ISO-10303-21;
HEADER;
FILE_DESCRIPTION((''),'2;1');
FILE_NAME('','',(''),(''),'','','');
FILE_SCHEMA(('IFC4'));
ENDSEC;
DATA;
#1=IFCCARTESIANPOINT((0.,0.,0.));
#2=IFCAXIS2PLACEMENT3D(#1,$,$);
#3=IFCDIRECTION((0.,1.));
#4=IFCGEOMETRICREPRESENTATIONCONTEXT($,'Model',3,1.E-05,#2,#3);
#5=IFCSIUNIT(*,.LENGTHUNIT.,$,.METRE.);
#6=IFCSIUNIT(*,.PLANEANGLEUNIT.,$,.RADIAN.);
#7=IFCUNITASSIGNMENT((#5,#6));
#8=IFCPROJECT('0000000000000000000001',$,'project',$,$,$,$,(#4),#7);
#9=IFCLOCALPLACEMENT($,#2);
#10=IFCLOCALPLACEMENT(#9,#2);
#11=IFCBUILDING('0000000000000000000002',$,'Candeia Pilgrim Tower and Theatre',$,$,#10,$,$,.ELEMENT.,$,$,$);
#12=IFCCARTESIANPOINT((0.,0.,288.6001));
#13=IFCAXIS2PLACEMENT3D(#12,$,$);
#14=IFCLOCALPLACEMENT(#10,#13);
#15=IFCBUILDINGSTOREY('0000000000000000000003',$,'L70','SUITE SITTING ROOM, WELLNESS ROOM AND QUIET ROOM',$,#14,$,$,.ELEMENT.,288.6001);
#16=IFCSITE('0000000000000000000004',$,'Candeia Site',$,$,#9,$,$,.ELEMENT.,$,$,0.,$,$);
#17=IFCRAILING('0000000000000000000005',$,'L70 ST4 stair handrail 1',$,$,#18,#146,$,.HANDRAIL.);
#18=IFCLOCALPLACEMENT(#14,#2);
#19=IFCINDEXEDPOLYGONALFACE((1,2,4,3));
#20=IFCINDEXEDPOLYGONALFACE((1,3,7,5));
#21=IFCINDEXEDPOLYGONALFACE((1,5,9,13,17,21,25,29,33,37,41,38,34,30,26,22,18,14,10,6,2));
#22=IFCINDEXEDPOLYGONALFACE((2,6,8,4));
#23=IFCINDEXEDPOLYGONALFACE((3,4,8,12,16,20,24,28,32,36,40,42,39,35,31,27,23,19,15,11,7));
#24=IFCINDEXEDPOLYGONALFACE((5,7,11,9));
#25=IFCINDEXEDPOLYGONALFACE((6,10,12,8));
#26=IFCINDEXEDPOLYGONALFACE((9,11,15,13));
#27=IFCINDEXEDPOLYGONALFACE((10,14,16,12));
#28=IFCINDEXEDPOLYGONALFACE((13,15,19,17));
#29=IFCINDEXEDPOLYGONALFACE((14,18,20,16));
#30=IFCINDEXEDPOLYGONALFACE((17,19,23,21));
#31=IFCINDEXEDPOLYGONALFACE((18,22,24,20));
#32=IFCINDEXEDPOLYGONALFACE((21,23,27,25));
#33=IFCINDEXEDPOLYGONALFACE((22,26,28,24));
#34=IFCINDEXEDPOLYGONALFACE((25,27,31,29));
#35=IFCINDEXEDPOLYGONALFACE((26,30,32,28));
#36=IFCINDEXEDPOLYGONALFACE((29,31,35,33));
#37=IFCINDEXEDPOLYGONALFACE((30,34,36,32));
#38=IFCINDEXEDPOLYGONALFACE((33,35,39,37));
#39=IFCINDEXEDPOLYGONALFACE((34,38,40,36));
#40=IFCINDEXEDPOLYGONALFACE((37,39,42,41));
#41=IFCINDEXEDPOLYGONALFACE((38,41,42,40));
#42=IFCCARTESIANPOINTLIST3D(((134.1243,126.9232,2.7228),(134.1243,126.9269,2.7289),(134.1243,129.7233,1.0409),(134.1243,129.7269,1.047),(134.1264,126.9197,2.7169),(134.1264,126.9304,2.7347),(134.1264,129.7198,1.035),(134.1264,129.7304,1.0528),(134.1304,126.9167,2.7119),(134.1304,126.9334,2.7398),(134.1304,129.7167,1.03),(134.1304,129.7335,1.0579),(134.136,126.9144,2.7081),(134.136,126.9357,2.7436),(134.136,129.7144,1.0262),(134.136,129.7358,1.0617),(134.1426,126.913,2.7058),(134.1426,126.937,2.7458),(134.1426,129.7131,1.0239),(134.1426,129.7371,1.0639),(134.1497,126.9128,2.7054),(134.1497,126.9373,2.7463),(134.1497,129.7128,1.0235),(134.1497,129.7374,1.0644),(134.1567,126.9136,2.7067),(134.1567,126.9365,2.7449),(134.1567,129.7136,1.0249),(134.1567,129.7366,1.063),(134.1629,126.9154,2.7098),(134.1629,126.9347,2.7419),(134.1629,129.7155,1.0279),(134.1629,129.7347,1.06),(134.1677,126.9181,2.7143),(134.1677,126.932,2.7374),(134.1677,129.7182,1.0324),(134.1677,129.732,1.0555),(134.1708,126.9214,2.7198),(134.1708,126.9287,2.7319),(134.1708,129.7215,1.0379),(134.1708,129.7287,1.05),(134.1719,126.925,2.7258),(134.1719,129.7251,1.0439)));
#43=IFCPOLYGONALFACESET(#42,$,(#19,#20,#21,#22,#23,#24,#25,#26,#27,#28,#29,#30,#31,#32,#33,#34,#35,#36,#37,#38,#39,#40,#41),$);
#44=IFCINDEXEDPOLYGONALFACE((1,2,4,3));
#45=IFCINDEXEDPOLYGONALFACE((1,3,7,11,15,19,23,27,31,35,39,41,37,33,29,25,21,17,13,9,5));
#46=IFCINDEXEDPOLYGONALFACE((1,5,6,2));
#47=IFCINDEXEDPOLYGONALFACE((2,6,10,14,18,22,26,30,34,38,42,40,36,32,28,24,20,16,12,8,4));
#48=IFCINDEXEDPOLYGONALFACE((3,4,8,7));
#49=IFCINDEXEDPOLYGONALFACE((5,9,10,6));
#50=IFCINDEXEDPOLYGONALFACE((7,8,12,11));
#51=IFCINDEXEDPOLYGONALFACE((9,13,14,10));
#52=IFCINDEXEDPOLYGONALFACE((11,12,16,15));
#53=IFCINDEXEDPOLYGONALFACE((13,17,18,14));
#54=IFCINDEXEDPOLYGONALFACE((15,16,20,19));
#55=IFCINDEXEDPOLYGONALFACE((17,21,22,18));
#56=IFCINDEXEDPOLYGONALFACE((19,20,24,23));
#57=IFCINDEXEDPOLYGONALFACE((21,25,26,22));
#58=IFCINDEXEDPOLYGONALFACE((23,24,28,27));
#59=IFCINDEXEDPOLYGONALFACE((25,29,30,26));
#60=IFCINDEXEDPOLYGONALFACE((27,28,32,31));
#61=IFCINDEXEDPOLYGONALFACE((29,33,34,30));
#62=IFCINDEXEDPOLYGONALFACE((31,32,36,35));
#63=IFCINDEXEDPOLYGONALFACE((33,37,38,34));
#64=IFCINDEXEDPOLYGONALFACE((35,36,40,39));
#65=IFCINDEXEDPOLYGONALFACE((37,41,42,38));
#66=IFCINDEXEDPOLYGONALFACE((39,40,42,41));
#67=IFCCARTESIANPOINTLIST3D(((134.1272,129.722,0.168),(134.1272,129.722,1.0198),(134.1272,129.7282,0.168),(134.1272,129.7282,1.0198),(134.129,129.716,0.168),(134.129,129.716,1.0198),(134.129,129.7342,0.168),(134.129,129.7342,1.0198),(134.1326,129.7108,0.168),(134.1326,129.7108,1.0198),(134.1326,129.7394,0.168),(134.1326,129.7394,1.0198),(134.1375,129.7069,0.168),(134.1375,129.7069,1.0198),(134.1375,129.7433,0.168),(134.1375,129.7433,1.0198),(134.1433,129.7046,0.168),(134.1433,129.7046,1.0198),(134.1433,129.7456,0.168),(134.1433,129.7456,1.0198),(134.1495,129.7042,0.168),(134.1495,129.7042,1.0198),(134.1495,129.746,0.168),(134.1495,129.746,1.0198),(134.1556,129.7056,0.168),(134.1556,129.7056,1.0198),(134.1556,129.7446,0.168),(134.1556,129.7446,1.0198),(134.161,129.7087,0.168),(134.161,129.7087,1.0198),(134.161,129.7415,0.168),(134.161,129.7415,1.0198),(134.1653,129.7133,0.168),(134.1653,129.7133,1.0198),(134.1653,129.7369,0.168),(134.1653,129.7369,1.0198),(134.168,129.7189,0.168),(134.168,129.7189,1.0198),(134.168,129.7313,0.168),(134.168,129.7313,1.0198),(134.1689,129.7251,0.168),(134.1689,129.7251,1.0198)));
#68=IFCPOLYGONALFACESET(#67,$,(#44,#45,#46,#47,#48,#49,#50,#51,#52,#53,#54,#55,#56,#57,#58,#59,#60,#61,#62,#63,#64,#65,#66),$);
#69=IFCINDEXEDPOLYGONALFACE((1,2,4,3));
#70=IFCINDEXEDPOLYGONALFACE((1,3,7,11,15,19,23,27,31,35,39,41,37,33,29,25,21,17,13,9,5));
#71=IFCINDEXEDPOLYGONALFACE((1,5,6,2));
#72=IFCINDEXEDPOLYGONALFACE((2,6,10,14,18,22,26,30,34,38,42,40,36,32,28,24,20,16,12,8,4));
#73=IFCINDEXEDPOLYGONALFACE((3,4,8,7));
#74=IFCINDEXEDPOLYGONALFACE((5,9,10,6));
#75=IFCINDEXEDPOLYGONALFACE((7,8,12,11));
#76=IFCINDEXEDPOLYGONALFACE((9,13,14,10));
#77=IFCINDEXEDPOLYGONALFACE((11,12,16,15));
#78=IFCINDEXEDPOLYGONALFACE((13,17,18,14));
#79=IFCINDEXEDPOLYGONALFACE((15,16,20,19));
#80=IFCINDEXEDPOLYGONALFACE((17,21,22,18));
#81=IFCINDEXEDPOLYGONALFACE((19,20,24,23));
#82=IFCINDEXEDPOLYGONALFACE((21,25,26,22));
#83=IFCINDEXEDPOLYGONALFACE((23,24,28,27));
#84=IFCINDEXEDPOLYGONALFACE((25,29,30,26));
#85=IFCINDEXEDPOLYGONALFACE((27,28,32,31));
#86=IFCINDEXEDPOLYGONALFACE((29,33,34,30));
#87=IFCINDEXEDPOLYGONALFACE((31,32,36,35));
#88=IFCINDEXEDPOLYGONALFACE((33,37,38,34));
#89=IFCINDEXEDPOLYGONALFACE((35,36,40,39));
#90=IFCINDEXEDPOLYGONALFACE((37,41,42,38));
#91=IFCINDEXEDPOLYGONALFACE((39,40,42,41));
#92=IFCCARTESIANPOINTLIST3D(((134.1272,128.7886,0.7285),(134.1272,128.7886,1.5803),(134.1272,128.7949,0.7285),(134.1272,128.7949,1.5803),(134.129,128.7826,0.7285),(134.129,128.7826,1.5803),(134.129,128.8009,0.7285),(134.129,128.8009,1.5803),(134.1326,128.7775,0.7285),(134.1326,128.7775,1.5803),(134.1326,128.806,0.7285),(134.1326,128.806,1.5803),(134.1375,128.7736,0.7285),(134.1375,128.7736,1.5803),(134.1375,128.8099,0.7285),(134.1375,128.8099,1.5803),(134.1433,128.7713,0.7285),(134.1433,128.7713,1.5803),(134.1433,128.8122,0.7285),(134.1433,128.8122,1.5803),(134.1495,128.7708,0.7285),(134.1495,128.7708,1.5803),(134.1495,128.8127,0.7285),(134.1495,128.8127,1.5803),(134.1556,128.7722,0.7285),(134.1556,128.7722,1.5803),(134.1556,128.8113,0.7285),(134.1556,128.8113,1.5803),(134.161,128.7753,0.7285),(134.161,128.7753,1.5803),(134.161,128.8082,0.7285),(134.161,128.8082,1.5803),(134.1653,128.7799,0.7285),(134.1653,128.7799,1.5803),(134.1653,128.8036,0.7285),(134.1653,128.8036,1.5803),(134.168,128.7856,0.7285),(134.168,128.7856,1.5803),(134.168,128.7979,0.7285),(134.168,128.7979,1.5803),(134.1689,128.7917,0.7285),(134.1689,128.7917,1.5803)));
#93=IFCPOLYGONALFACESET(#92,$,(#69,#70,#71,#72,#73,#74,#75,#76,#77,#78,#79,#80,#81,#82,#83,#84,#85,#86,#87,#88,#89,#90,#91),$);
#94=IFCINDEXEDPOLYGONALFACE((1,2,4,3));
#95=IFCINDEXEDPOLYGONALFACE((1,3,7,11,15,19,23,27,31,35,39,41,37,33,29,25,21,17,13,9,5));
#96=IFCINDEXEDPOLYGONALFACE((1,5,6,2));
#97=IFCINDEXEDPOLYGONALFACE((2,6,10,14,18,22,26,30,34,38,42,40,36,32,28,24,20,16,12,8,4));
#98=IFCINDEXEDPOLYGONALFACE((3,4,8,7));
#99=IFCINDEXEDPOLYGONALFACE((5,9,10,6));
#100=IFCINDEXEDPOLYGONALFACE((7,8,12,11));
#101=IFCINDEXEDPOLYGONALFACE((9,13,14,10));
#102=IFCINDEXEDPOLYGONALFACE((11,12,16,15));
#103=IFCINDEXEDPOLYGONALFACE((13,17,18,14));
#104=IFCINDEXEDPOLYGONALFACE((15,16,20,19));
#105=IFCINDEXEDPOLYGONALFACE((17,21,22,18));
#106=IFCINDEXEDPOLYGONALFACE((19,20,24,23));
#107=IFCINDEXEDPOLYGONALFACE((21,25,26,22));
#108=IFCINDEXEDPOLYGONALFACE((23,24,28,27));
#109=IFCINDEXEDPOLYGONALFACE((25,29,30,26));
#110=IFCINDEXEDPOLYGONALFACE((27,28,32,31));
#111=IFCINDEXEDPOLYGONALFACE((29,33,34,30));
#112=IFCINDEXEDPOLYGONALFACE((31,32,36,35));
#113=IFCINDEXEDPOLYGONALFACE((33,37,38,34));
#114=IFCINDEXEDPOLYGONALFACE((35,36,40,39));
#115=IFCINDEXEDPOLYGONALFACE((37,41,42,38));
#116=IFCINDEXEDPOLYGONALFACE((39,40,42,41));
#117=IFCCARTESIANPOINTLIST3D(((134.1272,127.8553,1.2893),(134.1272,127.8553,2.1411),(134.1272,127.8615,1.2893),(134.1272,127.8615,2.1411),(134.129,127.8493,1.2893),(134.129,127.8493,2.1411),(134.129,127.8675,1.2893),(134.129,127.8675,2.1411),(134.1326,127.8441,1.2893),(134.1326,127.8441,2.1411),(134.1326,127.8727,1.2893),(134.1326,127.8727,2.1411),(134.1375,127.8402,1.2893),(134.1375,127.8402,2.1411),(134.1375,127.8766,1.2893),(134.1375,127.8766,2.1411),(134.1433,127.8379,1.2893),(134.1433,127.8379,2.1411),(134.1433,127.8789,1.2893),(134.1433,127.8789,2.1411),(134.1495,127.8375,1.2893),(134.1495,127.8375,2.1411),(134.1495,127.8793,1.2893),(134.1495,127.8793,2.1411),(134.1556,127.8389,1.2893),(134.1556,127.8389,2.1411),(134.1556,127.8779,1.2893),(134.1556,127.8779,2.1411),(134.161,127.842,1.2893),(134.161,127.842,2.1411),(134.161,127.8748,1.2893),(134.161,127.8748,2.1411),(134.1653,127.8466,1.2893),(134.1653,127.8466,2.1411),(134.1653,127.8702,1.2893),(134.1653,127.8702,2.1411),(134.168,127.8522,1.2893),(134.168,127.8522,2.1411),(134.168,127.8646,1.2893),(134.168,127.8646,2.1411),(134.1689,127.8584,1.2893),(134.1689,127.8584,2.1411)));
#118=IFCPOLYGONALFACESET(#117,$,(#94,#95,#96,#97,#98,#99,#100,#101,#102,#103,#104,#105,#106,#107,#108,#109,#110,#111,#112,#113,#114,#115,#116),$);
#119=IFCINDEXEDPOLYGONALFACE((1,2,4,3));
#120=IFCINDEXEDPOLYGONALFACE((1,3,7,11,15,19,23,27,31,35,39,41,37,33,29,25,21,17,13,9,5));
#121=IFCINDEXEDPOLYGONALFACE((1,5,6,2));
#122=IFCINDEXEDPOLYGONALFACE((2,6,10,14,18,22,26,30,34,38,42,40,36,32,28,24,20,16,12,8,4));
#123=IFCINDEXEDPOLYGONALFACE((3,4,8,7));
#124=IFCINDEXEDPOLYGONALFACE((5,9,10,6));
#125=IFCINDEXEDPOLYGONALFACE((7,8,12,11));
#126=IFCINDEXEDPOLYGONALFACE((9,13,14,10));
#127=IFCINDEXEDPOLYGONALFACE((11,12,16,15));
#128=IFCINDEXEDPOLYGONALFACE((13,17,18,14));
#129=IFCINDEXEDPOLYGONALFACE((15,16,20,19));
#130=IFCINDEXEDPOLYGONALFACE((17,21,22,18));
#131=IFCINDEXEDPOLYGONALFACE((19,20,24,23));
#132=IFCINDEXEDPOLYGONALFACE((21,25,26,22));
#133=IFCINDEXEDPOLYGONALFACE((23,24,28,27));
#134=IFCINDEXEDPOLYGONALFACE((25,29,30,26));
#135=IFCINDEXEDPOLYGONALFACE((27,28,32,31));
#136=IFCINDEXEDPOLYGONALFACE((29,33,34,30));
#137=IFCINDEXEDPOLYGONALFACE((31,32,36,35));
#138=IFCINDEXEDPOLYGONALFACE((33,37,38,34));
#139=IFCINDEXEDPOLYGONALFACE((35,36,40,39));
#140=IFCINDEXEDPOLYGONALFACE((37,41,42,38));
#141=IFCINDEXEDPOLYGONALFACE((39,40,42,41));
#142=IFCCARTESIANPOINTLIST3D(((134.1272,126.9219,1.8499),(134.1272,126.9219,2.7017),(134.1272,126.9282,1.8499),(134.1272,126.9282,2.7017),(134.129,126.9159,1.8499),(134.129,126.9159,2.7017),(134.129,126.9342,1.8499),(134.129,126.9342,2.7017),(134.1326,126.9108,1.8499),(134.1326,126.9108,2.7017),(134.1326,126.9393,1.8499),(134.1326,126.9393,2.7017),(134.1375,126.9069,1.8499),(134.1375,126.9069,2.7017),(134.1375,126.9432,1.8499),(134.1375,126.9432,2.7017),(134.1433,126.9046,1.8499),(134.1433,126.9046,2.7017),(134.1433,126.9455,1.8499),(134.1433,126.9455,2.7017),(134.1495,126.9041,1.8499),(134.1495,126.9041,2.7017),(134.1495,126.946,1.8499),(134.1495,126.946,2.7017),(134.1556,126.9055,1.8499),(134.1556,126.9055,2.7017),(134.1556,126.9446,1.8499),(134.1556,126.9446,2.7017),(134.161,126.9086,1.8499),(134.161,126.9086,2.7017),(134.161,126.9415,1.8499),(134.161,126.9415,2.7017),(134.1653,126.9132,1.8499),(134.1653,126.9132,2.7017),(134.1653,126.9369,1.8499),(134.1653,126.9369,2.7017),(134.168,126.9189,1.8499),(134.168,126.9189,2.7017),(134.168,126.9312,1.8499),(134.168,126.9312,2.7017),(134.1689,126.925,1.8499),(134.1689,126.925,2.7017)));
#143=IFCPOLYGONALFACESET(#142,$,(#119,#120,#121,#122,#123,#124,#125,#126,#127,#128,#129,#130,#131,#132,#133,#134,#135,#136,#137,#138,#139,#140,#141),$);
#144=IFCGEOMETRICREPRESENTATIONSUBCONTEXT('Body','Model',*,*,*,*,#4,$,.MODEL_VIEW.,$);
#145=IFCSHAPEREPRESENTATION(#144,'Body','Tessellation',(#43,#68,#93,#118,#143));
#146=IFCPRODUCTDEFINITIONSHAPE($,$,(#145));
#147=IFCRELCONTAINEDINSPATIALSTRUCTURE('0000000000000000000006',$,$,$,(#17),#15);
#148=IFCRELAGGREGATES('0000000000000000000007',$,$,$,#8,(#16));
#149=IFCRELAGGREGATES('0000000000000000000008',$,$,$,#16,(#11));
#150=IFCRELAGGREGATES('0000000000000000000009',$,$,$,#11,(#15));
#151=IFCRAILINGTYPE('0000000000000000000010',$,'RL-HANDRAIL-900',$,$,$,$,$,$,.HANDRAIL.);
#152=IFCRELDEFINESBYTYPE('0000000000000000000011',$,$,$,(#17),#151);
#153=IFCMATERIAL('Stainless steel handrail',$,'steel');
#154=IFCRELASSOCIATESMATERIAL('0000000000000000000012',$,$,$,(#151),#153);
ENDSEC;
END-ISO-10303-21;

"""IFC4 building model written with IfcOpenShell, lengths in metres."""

from ifc_helpers import new_model, si_unit, direction, frame, origin, origin_2d, place, context, subcontext, project, spatial, circle, extrude, material, type_object, element, save


model = new_model("IFC4")

# Units and contexts
model_context = context("Model", 3, precision=1e-05, world=origin(), true_north=direction((0.0, 1.0)))
body_context = subcontext(model_context, "Body", "Model", "MODEL_VIEW")
ifc_project = project(units=[si_unit("LENGTHUNIT", "METRE"), si_unit("PLANEANGLEUNIT", "RADIAN")], contexts=[model_context])

# Site, building, storey
site_placement = place(None, origin())
site = spatial("IfcSite", under=ifc_project, at=site_placement, Name="Candeia Site", CompositionType="ELEMENT", RefElevation=0.0)
building_placement = place(site_placement, origin())
building = spatial("IfcBuilding", under=site, at=building_placement, Name="Candeia Pilgrim Tower and Theatre", CompositionType="ELEMENT")
storey_placement = place(building_placement, frame((0.0, 0.0, 288.6001)))
storey = spatial("IfcBuildingStorey", under=building, at=storey_placement, Name="L70", Description="SUITE SITTING ROOM, WELLNESS ROOM AND QUIET ROOM", CompositionType="ELEMENT", Elevation=288.6001)

# Railing
ifc_material_1 = material(Name="Stainless steel handrail", Category="steel")
railing_type_1 = type_object("IfcRailingType", Name="RL-HANDRAIL-900", PredefinedType="HANDRAIL", material=ifc_material_1)
railing_1_placement = place(storey_placement, frame((134.1479, 129.7251, 0.168)))
element("IfcRailing", 1, at=railing_1_placement, inside=storey, type_object=railing_type_1, Name="L70 ST4 stair handrail 1", PredefinedType="HANDRAIL", context=body_context, shape_type="SweptSolid", body=[
    extrude(circle(Radius=0.0239, at=origin_2d()), frame((0.0, 0.0, 0.876), z_axis=(0.0, -0.857242, 0.514913), x_axis=(1.0, 0.0, 0.0)), (0.0, 0.0, 1.0), 3.2664),
    extrude(circle(Radius=0.021, at=origin_2d()), origin(), (0.0, 0.0, 1.0), 0.8518),
    extrude(circle(Radius=0.021, at=origin_2d()), frame((0.0, -0.9333, 0.5605)), (0.0, 0.0, 1.0), 0.8518),
    extrude(circle(Radius=0.021, at=origin_2d()), frame((0.0, -1.8667, 1.1213)), (0.0, 0.0, 1.0), 0.8518),
    extrude(circle(Radius=0.021, at=origin_2d()), frame((0.0, -2.8, 1.6819)), (0.0, 0.0, 1.0), 0.8518),
])

save(model, "model.ifc")
